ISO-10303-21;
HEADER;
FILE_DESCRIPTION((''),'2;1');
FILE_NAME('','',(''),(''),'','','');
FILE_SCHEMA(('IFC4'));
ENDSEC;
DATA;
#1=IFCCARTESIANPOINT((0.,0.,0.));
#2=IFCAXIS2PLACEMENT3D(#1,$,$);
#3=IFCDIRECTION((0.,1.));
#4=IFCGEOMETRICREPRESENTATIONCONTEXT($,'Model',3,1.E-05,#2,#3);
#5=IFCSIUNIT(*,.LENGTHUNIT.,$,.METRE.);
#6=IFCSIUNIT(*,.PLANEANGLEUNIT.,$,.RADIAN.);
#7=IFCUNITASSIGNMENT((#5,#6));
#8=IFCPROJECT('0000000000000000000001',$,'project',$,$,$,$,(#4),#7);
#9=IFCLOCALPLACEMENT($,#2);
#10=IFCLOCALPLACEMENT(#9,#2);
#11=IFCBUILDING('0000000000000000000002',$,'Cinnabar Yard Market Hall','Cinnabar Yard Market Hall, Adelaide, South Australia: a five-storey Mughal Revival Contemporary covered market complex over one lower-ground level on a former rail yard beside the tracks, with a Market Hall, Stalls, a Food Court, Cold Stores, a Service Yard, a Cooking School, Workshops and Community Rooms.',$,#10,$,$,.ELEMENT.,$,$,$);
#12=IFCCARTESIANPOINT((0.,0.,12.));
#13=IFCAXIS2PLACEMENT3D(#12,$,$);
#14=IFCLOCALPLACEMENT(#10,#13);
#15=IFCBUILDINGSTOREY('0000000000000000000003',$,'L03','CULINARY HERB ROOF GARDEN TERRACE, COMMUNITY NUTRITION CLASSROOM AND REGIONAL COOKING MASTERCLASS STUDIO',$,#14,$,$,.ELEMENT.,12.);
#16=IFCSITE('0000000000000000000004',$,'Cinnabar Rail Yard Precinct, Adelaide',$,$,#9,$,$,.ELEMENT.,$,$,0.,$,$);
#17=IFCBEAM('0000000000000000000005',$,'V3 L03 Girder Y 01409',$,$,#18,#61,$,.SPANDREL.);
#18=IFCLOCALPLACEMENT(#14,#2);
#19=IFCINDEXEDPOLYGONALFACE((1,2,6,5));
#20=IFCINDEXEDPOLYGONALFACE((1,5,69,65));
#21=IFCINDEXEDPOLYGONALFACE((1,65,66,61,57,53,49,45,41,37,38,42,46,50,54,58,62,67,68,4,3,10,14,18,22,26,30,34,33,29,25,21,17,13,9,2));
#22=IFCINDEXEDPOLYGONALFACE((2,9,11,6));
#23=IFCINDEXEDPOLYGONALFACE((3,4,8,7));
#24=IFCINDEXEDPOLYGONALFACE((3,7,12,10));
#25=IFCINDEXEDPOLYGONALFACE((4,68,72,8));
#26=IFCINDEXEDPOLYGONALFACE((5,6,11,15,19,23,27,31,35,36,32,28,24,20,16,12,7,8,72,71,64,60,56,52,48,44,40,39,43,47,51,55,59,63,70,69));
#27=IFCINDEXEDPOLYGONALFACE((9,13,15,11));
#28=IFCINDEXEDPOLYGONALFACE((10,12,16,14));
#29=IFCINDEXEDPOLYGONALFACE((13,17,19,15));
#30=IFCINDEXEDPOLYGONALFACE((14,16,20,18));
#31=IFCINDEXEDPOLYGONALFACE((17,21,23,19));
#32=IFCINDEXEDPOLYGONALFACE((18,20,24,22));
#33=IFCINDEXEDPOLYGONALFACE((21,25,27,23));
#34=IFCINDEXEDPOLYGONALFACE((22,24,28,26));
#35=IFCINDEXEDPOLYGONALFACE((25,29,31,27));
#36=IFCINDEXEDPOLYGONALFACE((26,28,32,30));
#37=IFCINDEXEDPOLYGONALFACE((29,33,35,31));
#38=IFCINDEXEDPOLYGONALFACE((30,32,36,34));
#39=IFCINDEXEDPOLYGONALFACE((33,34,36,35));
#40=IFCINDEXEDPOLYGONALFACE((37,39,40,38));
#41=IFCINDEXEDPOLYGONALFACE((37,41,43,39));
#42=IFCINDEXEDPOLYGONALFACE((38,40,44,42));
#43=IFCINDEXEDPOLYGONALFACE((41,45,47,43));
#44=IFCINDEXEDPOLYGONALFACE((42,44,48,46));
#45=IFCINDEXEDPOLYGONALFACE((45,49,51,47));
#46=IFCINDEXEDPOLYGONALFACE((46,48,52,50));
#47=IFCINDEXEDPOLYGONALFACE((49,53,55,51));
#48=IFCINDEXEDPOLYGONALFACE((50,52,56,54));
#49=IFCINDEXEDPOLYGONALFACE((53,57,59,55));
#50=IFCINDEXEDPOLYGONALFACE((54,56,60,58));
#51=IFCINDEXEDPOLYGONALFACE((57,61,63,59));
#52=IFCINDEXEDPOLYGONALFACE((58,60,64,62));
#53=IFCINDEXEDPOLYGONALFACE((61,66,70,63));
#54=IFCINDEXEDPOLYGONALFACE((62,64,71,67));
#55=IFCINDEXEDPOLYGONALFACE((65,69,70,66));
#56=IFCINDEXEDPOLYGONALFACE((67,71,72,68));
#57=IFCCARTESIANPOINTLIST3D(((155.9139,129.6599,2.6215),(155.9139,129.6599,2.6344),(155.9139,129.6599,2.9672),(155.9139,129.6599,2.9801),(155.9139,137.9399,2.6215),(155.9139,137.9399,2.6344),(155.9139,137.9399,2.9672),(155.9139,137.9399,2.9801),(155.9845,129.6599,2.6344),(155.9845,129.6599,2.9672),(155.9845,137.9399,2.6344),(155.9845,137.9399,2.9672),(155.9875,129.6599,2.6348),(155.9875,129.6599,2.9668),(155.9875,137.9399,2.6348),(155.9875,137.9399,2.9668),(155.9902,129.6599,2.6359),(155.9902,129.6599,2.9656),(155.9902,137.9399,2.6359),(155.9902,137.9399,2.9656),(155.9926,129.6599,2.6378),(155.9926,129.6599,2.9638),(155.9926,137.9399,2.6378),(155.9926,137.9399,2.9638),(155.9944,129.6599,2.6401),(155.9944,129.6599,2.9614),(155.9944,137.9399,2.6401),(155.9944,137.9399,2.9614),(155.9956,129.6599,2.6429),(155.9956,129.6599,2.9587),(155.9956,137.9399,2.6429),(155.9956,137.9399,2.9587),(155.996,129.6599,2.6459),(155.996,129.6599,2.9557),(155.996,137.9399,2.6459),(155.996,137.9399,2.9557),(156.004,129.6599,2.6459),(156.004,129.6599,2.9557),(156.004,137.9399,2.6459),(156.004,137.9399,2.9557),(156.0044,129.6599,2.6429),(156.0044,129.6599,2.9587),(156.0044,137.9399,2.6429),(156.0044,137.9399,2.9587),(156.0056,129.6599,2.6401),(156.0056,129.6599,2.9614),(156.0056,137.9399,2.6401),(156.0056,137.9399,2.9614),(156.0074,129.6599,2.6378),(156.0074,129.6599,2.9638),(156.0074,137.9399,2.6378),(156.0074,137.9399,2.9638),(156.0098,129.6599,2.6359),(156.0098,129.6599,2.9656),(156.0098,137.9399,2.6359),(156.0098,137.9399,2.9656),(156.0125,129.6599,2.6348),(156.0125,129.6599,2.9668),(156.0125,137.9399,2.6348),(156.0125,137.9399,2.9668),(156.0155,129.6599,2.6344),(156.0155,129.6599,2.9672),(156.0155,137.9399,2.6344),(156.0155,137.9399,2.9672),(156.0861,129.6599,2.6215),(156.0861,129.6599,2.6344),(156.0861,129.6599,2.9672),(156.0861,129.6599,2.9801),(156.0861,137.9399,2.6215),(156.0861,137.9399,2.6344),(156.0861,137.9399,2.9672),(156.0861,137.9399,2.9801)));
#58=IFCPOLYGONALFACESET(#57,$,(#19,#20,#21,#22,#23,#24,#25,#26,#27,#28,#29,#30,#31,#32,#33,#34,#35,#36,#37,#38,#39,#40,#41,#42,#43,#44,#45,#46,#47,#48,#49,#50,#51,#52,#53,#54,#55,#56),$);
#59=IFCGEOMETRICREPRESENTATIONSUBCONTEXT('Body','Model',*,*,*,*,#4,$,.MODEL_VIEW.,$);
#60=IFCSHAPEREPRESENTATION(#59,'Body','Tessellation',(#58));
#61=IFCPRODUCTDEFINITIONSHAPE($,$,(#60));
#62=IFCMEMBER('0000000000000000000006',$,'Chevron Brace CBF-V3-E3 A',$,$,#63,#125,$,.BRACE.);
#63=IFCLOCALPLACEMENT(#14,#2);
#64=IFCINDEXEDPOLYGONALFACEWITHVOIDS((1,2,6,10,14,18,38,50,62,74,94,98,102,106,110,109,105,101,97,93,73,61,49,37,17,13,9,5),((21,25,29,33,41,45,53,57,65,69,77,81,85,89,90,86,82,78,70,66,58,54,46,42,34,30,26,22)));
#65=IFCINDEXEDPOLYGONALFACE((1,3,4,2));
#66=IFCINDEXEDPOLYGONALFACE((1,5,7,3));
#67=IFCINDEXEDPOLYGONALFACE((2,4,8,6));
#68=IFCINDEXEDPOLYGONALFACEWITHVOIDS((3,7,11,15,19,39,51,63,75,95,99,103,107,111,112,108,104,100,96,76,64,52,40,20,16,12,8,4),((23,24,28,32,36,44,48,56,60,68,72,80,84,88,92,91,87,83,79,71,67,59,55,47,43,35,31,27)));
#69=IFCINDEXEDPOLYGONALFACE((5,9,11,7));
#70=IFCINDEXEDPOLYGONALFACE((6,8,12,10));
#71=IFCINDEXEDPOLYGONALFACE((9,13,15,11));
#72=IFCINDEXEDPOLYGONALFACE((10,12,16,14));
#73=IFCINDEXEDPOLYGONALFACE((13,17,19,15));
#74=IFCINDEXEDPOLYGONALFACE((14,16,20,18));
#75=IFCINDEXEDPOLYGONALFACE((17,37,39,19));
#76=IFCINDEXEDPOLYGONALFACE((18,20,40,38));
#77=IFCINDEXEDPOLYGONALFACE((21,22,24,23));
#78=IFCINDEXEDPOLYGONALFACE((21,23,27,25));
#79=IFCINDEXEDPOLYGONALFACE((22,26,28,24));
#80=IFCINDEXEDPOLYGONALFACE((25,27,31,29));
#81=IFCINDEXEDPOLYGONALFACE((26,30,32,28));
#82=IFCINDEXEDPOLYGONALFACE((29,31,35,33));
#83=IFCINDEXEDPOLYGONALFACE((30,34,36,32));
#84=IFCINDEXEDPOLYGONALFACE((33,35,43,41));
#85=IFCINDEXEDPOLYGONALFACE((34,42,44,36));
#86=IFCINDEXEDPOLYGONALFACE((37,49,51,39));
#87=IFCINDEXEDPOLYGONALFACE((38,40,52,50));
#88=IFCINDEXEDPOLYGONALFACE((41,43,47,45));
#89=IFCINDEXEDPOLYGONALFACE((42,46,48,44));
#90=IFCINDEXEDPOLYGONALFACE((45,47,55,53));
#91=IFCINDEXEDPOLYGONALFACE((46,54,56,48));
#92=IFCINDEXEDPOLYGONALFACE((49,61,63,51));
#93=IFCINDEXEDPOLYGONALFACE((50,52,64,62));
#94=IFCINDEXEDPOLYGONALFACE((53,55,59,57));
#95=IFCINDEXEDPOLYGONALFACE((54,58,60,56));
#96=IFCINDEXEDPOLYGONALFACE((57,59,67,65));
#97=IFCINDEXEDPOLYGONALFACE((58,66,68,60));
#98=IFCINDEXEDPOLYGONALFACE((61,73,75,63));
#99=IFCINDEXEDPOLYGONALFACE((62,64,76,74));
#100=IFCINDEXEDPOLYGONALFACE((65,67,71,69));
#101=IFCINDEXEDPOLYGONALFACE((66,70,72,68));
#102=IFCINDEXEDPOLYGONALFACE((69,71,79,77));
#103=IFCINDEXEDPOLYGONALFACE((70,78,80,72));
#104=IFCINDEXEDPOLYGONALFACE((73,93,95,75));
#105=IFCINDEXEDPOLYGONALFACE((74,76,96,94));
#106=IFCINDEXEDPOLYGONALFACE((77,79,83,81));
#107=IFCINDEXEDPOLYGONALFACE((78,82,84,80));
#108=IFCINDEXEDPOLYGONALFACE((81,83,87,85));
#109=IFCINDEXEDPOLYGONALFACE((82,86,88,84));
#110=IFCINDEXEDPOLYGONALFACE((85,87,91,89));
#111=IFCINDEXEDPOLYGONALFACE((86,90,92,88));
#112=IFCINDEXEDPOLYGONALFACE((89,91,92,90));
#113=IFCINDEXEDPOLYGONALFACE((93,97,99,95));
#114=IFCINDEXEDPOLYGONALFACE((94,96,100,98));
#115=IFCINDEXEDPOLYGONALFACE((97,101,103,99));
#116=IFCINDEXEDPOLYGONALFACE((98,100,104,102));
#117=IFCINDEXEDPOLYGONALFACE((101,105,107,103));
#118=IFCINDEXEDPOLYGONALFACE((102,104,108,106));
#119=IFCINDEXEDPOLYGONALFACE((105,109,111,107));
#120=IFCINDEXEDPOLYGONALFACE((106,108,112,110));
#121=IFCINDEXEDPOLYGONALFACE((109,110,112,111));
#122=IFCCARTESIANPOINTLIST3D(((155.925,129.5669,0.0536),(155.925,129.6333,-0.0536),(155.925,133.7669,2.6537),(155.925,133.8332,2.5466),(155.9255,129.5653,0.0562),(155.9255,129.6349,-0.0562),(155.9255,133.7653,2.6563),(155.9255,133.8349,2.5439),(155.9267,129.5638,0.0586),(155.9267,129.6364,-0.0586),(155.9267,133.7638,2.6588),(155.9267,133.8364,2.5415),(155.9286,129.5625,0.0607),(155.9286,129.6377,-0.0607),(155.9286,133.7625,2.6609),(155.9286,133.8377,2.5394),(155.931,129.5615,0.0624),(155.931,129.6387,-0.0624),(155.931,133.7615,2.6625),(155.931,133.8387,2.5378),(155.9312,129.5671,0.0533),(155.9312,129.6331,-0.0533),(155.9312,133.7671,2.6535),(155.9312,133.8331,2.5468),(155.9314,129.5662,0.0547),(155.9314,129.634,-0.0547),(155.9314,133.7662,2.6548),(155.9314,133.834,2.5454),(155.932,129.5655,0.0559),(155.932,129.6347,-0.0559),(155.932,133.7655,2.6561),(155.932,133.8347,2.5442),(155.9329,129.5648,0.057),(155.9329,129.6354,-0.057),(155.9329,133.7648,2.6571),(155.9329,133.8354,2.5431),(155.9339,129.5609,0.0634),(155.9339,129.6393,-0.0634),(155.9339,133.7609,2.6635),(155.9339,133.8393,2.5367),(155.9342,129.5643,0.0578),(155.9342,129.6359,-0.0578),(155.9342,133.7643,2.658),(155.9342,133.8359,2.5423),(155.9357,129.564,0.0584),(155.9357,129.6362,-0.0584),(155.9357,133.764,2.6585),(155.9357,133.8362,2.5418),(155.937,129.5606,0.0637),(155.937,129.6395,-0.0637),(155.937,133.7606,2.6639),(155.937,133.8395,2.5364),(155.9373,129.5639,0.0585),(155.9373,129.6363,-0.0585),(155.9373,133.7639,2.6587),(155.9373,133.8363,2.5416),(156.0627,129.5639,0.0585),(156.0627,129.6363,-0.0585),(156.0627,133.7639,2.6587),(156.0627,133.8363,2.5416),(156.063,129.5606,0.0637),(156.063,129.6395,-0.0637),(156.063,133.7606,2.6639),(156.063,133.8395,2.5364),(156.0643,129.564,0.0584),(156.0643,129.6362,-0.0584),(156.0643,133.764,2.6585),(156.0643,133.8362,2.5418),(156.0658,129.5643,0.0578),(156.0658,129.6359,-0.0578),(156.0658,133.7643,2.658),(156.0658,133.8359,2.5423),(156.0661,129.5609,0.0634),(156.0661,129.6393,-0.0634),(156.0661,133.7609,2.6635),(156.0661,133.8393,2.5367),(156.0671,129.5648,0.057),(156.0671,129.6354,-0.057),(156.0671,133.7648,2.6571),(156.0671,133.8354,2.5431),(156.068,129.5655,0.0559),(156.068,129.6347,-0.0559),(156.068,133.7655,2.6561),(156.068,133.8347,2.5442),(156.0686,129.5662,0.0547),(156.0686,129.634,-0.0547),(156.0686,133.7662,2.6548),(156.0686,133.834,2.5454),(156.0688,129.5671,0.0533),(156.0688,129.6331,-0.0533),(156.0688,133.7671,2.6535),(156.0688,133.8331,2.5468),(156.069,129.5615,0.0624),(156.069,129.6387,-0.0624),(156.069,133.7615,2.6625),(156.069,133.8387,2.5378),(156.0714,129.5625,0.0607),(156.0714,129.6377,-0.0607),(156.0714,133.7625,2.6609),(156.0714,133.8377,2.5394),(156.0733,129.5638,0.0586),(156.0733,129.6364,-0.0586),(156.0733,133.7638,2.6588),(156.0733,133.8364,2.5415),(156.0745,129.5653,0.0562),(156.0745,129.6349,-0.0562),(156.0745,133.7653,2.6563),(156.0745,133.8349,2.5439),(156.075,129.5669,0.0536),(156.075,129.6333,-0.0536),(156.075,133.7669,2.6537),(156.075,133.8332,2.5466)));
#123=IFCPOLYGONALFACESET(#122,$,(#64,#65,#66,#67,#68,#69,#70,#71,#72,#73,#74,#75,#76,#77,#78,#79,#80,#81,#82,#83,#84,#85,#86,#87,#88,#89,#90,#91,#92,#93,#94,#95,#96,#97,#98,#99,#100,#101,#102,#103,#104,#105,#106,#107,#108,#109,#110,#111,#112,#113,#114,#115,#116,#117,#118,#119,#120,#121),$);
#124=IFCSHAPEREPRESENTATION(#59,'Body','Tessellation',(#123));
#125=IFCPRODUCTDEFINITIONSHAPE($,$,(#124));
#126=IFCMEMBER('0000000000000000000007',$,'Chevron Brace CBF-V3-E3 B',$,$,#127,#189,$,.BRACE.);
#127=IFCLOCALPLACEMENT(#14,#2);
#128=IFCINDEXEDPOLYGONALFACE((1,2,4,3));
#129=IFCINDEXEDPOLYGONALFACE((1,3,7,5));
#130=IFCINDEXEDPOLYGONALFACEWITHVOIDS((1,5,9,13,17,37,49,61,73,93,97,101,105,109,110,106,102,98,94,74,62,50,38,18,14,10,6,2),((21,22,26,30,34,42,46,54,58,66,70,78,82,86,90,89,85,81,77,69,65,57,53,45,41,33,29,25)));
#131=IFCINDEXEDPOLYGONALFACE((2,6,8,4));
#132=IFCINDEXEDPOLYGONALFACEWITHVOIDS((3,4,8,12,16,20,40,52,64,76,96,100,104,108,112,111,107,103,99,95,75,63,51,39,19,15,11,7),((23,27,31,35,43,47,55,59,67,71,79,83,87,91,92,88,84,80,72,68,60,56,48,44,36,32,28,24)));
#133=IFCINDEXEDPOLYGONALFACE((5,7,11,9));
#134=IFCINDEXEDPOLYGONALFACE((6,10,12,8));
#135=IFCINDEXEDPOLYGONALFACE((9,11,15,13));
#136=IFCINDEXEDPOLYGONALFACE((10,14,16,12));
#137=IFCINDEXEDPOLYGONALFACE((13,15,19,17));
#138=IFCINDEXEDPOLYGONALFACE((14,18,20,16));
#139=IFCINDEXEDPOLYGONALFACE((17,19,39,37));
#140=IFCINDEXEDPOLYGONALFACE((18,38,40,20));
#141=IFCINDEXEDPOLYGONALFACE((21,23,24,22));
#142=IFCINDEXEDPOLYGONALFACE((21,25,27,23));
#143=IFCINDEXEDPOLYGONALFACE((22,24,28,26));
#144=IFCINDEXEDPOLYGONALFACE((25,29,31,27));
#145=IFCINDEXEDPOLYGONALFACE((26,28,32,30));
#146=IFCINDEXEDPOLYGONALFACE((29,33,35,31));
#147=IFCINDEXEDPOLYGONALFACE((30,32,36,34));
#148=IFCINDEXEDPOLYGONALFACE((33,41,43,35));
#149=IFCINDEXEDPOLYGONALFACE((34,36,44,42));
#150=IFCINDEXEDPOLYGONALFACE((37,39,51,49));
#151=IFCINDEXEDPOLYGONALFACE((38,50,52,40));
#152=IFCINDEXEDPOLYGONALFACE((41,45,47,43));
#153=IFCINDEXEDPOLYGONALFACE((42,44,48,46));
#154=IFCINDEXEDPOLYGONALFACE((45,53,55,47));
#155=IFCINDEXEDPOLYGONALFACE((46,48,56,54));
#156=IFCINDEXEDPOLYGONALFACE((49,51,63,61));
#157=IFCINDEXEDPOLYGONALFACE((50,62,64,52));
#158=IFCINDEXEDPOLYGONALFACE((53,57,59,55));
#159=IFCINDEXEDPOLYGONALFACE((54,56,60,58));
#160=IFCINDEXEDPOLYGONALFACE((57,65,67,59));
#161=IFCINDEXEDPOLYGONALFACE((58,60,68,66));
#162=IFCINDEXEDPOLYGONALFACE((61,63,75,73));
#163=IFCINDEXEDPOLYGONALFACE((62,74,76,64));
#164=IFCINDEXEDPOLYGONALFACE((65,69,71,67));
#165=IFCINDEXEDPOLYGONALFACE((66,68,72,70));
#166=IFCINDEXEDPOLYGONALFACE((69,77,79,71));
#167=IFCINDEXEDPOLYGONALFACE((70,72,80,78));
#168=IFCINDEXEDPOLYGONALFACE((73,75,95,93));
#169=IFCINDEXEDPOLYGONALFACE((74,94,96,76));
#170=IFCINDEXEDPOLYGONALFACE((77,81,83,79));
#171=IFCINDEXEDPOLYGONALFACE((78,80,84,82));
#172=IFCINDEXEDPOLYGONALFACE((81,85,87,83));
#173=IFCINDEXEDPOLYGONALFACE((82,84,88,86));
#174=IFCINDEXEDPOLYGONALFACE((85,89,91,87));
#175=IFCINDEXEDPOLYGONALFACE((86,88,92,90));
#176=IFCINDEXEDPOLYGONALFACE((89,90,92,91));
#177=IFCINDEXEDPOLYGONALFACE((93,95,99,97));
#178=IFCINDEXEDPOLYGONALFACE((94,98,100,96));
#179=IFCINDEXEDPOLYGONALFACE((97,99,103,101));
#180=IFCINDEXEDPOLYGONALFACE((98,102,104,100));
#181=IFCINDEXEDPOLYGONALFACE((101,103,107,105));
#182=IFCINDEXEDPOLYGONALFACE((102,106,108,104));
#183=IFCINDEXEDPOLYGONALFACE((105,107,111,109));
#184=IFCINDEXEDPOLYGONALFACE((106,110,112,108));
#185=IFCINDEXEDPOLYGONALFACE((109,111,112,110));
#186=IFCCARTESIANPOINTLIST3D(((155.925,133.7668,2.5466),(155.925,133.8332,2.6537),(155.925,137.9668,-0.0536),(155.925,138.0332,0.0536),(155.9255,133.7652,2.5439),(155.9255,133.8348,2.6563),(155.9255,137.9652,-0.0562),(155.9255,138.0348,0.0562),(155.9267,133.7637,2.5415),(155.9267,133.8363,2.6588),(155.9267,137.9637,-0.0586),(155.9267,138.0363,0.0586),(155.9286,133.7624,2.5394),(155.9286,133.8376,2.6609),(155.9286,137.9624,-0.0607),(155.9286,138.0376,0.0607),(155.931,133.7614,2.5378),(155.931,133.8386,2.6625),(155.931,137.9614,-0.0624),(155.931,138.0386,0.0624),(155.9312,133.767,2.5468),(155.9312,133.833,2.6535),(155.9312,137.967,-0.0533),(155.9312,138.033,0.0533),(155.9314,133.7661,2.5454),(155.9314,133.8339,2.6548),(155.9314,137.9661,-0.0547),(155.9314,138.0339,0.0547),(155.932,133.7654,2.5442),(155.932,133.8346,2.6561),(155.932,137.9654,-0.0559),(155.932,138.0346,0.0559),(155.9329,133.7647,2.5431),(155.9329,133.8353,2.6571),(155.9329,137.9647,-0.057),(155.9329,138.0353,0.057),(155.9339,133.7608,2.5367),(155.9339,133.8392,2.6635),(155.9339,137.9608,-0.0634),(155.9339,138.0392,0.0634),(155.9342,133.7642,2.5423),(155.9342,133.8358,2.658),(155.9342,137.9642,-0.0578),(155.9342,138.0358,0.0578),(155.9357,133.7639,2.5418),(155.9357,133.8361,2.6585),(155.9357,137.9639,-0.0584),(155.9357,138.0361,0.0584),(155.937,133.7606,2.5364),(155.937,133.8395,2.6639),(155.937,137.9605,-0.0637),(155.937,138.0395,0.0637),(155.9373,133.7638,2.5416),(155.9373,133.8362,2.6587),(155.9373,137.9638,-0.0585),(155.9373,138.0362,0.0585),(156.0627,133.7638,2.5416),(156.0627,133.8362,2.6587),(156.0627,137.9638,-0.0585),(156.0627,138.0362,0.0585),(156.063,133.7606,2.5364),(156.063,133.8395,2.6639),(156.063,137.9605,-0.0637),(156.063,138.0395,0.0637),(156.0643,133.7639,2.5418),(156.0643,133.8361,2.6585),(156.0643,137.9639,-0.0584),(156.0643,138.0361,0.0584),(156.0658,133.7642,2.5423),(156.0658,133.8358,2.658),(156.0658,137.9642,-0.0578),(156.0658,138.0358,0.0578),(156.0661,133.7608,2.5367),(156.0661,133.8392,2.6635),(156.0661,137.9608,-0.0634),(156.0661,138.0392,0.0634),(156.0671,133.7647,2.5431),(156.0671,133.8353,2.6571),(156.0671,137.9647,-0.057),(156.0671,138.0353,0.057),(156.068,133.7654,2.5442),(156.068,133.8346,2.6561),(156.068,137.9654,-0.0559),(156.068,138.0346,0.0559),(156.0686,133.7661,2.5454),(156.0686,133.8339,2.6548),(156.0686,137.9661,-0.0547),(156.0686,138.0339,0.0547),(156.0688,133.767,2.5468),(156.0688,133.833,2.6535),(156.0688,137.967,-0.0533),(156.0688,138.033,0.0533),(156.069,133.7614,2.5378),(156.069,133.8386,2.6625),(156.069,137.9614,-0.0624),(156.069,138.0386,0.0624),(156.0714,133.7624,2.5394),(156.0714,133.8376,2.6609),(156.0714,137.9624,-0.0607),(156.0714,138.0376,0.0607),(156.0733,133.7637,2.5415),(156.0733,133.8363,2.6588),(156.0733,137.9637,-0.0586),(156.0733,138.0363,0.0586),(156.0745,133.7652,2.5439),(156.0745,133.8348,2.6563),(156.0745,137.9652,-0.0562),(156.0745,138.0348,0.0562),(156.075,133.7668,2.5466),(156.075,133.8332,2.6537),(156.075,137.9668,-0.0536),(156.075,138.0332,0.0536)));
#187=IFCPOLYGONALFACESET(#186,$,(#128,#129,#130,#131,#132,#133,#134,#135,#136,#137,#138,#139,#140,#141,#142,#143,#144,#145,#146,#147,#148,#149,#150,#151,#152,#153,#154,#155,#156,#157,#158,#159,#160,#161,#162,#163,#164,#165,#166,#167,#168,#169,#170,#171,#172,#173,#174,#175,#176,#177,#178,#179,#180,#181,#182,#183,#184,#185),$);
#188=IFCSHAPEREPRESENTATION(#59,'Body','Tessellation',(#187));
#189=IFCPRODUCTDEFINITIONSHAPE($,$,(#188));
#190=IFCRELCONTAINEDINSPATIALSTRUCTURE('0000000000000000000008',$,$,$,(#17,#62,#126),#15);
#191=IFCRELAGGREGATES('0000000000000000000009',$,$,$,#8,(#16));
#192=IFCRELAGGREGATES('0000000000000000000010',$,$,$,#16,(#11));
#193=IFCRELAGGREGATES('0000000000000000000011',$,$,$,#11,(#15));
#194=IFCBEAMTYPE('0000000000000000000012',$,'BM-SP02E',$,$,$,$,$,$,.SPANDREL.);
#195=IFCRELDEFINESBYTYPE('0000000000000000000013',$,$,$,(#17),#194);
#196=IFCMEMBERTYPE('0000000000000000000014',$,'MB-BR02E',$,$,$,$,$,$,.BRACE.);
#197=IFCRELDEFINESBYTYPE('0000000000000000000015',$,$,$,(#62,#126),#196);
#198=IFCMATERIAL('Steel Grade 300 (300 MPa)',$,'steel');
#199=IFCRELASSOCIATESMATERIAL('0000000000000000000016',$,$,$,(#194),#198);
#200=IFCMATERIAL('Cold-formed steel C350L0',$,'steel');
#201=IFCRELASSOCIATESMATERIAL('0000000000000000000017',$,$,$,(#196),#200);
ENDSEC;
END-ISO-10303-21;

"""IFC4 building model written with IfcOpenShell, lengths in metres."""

from ifc_helpers import new_model, si_unit, direction, frame, origin, origin_2d_with_axis, place, context, subcontext, project, spatial, hollow_rectangle, i_section, extrude, material, material_profile, profile_set, type_object, element, save


model = new_model("IFC4")

# Units and contexts
model_context = context("Model", 3, precision=1e-05, world=origin(), true_north=direction((0.0, 1.0)))
body_context = subcontext(model_context, "Body", "Model", "MODEL_VIEW")
ifc_project = project(units=[si_unit("LENGTHUNIT", "METRE"), si_unit("PLANEANGLEUNIT", "RADIAN")], contexts=[model_context])

# Site, building, storey
site_placement = place(None, origin())
site = spatial("IfcSite", under=ifc_project, at=site_placement, Name="Cinnabar Rail Yard Precinct, Adelaide", CompositionType="ELEMENT", RefElevation=0.0)
building_placement = place(site_placement, origin())
building = spatial("IfcBuilding", under=site, at=building_placement, Name="Cinnabar Yard Market Hall", Description="Cinnabar Yard Market Hall, Adelaide, South Australia: a five-storey Mughal Revival Contemporary covered market complex over one lower-ground level on a former rail yard beside the tracks, with a Market Hall, Stalls, a Food Court, Cold Stores, a Service Yard, a Cooking School, Workshops and Community Rooms.", CompositionType="ELEMENT")
storey_placement = place(building_placement, frame((0.0, 0.0, 12.0)))
storey = spatial("IfcBuildingStorey", under=building, at=storey_placement, Name="L03", Description="CULINARY HERB ROOF GARDEN TERRACE, COMMUNITY NUTRITION CLASSROOM AND REGIONAL COOKING MASTERCLASS STUDIO", CompositionType="ELEMENT", Elevation=12.0)

# Shared definitions
ifc_material_1 = material(Name="Steel Grade 300 (300 MPa)", Category="steel")

# Beam
ifc_material_profile_1 = material_profile(ifc_material_1, i_section(OverallWidth=0.1721, OverallDepth=0.3586, WebThickness=0.0081, FlangeThickness=0.0129, FilletRadius=0.0115, at=origin_2d_with_axis()), Name="360UB56.7")
ifc_profile_set_1 = profile_set([ifc_material_profile_1], Name="Steel Grade 300 (300 MPa)")
beam_type_1 = type_object("IfcBeamType", Name="BM-SP02E", PredefinedType="SPANDREL", material=ifc_profile_set_1)
beam_1_placement = place(storey_placement, frame((156.0, 129.6599, 2.8008), z_axis=(0.0, 1.0, 0.0), x_axis=(-1.0, 0.0, 0.0)))
element("IfcBeam", 1, at=beam_1_placement, inside=storey, type_object=beam_type_1, Name="V3 L03 Girder Y 01409", PredefinedType="SPANDREL", context=body_context, shape_type="SweptSolid", body=[
    extrude(i_section(OverallWidth=0.1721, OverallDepth=0.3586, WebThickness=0.0081, FlangeThickness=0.0129, FilletRadius=0.0115, at=origin_2d_with_axis()), origin(), (0.0, 0.0, 1.0), 8.28),
])

# Members
ifc_material_2 = material(Name="Cold-formed steel C350L0", Category="steel")
ifc_material_profile_2 = material_profile(ifc_material_2, hollow_rectangle(XDim=0.1499, YDim=0.1499, WallThickness=0.0061, InnerFilletRadius=0.0061, OuterFilletRadius=0.012, at=origin_2d_with_axis()), Name="150x150x6.0SHS")
ifc_profile_set_2 = profile_set([ifc_material_profile_2], Name="Cold-formed steel C350L0")
member_type = type_object("IfcMemberType", Name="MB-BR02E", PredefinedType="BRACE", material=ifc_profile_set_2)
for number, where, z_axis, x_axis, name in (
    (2, (156.0, 129.6001, 0.0), (0.0, 0.850254, 0.526373), (-1.0, 0.0, 0.0), "Chevron Brace CBF-V3-E3 A"),
    (3, (156.0, 138.0, 0.0), (0.0, -0.850254, 0.526373), (1.0, 0.0, 0.0), "Chevron Brace CBF-V3-E3 B"),
):
    element("IfcMember", number, at=place(storey_placement, frame(where, z_axis=z_axis, x_axis=x_axis)), inside=storey, type_object=member_type, Name=name, PredefinedType="BRACE", context=body_context, shape_type="SweptSolid", body=[
        extrude(hollow_rectangle(XDim=0.1499, YDim=0.1499, WallThickness=0.0061, InnerFilletRadius=0.0061, OuterFilletRadius=0.012, at=origin_2d_with_axis()), origin(), (0.0, 0.0, 1.0), 4.9397),
    ])

save(model, "model.ifc")
